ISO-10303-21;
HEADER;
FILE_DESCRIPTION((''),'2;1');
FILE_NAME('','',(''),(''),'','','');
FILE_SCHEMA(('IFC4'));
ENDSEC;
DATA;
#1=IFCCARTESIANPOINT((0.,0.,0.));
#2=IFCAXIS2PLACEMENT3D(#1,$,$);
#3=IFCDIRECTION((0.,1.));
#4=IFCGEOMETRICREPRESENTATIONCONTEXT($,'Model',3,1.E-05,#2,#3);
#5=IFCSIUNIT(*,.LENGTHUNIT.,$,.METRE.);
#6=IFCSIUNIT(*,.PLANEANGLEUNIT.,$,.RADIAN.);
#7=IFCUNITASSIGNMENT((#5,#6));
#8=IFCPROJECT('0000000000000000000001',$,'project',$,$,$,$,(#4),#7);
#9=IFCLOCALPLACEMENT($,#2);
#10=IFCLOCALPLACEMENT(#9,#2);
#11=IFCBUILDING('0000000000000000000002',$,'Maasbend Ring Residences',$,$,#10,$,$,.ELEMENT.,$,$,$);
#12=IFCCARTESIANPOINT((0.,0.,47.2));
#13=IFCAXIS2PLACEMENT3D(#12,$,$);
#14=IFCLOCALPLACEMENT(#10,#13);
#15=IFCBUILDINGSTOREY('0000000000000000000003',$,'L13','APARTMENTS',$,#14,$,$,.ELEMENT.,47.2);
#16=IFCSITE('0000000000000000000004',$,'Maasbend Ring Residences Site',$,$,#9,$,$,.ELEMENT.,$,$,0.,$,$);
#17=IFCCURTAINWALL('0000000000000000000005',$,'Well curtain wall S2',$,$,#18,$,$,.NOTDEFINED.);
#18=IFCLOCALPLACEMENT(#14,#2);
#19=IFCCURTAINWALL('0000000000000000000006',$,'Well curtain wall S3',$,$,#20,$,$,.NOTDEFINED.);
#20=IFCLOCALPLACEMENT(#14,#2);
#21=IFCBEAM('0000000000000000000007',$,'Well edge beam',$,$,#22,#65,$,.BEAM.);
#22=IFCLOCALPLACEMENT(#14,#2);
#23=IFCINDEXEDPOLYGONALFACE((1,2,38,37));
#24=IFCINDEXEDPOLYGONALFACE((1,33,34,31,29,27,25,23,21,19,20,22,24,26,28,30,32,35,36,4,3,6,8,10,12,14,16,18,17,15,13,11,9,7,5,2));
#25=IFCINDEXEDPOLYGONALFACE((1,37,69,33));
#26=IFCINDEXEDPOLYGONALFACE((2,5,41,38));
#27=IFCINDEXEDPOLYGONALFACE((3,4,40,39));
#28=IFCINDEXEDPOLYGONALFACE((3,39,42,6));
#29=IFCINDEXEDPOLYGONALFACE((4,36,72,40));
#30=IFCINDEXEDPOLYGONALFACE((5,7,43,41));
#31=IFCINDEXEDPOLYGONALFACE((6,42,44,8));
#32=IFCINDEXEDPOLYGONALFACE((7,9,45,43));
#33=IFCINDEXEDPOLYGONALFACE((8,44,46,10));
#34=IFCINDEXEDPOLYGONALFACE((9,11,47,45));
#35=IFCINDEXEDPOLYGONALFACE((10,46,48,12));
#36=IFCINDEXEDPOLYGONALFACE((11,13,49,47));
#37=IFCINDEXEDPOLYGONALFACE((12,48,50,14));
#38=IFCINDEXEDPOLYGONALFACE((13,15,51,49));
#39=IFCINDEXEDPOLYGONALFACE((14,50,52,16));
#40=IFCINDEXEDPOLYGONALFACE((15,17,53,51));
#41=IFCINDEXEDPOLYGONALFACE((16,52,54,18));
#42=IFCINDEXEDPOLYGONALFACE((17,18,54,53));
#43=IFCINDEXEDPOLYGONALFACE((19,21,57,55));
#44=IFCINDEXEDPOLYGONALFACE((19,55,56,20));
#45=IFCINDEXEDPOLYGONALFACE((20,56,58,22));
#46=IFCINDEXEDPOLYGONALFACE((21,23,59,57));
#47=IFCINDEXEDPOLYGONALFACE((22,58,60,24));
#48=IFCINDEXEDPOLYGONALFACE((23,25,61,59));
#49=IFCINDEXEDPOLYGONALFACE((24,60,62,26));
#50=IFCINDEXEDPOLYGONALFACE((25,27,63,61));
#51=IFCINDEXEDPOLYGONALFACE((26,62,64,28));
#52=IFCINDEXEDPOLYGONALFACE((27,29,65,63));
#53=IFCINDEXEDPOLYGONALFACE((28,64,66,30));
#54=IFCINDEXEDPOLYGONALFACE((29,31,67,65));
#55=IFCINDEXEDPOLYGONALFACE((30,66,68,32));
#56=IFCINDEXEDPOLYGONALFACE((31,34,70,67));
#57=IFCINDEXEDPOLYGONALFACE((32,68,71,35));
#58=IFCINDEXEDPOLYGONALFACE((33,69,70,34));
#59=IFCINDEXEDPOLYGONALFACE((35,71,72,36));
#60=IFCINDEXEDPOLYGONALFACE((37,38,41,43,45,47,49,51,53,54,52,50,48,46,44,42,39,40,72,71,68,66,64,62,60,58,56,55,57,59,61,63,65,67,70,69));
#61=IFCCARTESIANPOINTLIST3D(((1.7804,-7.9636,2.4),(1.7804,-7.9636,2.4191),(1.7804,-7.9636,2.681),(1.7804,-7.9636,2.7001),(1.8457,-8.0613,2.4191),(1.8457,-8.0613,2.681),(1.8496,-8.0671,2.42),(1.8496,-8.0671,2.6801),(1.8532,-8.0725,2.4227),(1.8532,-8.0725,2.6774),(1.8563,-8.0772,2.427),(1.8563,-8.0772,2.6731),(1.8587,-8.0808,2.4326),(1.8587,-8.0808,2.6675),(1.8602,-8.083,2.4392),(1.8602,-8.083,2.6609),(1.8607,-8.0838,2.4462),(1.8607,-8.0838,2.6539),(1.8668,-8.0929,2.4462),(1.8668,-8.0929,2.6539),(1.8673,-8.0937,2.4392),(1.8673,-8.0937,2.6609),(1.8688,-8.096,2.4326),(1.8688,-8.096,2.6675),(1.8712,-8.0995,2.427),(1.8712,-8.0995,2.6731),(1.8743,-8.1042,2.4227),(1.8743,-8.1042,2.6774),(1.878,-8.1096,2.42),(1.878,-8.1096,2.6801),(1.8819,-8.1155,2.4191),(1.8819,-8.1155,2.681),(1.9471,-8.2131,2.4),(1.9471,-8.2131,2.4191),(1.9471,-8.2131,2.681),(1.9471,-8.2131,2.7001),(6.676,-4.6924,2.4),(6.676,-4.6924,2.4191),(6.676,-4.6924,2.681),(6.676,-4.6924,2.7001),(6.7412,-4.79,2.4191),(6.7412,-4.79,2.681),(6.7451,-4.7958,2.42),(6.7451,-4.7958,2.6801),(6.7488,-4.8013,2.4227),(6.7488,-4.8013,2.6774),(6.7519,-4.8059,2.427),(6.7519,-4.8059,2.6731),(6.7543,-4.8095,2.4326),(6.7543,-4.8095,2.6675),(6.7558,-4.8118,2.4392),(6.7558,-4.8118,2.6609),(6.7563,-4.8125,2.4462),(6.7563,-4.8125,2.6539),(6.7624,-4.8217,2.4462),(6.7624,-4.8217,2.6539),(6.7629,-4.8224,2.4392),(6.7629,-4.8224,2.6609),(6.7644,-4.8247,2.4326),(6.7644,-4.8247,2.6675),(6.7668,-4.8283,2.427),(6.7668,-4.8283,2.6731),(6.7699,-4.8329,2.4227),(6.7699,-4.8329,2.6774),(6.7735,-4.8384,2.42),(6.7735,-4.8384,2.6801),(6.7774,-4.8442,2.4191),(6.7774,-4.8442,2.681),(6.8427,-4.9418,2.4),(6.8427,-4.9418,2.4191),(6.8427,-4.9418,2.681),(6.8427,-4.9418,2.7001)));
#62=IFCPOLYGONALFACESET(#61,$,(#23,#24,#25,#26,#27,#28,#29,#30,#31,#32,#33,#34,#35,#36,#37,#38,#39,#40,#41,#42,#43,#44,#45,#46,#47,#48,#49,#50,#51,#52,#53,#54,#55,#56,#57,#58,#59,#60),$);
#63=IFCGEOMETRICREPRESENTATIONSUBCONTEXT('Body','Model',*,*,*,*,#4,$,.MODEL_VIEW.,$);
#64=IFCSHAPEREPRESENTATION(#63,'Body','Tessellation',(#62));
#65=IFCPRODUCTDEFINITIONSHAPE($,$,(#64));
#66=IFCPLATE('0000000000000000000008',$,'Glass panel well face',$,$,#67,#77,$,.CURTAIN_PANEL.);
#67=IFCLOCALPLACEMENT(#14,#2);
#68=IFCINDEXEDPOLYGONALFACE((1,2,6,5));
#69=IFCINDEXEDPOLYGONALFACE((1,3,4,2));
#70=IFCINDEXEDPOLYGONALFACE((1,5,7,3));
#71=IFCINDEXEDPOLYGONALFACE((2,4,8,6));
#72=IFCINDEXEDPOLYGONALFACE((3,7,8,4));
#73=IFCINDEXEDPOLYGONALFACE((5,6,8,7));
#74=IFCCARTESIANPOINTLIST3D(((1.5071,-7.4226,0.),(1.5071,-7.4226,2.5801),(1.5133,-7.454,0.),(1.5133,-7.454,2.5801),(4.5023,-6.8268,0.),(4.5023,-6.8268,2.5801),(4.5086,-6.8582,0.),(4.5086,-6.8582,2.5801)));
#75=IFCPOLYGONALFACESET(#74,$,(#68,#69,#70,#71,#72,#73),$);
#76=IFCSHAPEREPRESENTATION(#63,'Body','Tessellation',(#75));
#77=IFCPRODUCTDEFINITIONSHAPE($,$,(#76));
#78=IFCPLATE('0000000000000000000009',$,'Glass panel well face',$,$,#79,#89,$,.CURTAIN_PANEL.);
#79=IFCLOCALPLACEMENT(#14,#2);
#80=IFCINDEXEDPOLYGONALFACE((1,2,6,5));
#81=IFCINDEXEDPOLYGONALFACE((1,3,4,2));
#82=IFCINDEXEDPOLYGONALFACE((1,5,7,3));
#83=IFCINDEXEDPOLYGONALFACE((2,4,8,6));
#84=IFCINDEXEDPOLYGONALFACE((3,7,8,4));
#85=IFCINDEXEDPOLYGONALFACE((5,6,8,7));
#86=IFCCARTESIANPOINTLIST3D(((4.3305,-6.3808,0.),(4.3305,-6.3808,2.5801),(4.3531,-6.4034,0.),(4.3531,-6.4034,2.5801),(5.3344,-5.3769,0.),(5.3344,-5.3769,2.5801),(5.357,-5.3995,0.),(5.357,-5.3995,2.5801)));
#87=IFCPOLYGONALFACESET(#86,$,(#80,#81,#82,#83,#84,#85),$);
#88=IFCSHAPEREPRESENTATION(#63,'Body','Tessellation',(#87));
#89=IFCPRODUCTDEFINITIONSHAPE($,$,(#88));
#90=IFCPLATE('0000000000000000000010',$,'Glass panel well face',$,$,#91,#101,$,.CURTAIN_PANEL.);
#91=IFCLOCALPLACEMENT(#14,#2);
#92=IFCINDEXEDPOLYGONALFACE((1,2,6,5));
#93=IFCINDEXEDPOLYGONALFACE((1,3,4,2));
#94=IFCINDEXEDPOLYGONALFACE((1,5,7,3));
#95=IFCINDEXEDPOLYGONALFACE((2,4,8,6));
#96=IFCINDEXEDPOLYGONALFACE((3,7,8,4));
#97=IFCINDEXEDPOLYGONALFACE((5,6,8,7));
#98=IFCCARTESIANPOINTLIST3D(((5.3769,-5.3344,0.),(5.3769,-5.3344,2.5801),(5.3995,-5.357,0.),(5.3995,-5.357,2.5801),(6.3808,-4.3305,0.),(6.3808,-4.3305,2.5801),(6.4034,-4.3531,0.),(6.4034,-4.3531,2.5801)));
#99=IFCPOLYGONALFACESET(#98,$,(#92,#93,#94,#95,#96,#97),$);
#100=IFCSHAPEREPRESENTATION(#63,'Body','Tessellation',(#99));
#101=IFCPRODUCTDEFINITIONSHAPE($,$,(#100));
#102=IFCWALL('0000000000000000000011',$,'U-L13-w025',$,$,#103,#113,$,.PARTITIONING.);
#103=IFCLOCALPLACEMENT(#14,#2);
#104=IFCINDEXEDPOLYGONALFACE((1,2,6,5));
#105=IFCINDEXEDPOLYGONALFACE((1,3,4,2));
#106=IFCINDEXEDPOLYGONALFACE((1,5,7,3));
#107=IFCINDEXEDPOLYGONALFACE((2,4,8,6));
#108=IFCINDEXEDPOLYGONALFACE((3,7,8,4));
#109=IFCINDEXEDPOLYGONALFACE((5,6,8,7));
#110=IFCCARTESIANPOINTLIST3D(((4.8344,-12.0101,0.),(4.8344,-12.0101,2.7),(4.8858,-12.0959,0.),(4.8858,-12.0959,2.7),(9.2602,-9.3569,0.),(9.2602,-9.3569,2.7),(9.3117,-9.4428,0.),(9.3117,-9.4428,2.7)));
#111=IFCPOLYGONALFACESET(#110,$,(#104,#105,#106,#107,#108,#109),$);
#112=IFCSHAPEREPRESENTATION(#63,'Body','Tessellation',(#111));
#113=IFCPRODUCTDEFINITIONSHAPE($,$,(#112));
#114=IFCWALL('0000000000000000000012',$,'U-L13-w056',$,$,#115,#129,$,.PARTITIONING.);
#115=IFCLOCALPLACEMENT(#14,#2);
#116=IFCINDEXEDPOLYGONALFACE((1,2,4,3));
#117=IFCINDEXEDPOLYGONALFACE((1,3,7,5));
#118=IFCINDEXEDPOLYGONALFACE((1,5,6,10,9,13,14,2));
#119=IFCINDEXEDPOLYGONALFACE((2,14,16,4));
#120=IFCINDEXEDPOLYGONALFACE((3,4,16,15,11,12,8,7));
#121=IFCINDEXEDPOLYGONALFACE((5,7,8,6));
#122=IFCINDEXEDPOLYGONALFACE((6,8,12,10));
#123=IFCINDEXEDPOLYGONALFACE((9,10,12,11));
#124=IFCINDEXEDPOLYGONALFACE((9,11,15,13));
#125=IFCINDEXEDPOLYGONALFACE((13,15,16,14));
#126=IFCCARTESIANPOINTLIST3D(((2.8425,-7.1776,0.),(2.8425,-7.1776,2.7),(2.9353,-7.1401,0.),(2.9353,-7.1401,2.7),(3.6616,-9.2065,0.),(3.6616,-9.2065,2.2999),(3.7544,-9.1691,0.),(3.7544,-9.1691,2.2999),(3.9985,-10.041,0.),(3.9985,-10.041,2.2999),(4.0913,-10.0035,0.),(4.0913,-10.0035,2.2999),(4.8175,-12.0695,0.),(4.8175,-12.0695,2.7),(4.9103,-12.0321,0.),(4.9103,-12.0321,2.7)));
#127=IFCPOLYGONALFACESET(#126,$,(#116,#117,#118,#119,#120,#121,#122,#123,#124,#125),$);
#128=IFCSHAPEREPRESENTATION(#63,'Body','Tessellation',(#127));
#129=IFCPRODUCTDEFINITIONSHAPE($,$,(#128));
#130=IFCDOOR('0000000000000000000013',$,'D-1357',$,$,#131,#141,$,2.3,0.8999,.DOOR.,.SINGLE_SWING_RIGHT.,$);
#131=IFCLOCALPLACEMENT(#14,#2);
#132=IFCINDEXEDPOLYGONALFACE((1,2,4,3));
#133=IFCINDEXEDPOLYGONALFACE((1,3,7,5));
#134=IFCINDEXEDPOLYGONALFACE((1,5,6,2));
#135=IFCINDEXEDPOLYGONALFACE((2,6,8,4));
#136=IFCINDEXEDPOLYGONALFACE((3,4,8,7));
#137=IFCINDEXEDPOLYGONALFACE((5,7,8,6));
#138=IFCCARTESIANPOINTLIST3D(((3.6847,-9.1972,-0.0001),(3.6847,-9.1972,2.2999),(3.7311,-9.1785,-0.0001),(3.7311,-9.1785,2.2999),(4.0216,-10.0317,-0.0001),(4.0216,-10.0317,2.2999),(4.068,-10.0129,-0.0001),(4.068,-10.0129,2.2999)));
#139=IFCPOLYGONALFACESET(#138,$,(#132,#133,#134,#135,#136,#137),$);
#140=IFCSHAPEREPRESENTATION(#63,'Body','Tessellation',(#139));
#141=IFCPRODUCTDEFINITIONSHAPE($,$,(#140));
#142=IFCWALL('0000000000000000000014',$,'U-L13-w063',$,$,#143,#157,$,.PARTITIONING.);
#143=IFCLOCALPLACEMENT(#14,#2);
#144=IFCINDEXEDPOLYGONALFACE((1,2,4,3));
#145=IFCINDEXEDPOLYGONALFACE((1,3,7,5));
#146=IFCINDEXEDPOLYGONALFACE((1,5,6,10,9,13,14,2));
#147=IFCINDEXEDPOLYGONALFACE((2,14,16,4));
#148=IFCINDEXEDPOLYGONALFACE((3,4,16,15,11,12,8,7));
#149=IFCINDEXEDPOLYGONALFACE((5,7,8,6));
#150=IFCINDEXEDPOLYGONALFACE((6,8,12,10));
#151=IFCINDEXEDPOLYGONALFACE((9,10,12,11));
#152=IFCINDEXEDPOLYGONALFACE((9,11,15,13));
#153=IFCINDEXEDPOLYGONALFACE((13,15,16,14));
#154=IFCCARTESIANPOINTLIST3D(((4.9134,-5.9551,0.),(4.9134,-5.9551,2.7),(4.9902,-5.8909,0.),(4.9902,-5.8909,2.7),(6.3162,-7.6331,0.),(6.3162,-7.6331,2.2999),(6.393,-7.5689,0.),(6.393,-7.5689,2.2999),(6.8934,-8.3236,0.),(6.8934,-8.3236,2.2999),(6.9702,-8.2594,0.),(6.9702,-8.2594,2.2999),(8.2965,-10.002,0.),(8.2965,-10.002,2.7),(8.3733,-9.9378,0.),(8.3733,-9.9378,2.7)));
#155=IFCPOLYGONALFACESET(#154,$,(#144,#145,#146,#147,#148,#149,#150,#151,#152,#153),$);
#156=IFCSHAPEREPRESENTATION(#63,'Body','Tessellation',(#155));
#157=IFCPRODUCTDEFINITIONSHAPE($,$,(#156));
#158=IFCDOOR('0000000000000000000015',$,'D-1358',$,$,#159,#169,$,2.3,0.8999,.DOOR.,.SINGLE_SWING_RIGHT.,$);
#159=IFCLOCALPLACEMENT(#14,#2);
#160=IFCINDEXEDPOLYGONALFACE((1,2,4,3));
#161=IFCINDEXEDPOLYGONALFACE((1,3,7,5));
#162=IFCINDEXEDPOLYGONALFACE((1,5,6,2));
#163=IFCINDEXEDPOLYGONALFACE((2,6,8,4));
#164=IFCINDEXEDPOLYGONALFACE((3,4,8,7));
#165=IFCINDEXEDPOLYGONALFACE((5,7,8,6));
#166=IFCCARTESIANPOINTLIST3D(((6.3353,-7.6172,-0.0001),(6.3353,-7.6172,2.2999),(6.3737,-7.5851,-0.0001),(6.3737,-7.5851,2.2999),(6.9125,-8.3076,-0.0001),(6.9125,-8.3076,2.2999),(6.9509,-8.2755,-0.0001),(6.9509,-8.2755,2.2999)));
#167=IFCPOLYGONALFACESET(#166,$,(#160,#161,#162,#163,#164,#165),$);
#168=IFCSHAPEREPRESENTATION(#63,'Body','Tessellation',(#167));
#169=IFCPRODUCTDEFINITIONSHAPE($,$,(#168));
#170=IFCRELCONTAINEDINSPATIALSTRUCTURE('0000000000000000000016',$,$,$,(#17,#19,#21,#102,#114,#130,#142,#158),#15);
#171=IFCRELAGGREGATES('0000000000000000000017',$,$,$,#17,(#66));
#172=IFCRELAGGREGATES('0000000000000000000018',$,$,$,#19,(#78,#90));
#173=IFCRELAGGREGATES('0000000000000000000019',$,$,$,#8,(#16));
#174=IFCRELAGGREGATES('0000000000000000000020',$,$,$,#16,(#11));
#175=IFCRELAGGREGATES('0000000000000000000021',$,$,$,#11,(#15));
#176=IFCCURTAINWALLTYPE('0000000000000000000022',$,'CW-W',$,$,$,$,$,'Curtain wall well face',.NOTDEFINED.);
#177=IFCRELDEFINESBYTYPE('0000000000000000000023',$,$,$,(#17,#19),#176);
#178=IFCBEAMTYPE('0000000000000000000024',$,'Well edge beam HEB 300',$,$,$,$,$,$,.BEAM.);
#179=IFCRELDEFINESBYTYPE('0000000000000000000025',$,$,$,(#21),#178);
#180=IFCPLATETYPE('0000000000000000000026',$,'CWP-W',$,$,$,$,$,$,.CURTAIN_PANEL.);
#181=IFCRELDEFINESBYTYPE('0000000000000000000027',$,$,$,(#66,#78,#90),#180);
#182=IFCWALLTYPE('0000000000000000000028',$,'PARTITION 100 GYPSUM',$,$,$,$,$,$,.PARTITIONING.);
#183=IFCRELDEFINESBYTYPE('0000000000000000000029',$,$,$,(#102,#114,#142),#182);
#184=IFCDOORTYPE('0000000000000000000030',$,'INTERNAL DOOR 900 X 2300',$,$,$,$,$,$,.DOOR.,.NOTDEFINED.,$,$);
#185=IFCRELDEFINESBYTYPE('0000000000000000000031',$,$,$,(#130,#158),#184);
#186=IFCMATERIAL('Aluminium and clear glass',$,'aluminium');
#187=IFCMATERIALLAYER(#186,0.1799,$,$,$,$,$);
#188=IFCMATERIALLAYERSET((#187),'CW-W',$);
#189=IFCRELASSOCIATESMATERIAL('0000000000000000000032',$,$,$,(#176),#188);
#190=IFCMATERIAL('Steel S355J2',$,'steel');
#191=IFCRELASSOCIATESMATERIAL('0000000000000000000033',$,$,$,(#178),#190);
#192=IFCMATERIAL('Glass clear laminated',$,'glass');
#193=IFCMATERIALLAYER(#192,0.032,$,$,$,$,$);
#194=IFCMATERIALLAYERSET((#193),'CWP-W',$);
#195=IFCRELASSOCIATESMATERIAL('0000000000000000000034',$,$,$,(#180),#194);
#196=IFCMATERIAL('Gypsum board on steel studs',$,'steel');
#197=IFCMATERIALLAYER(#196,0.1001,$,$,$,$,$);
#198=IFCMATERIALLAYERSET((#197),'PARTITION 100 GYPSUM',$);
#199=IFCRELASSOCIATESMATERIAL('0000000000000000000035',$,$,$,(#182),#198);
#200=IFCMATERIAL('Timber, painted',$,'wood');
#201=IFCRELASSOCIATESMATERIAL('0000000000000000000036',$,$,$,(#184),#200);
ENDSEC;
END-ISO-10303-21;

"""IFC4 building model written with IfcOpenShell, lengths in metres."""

from ifc_helpers import new_model, si_unit, direction, frame, frame_2d, origin, origin_2d, place, context, subcontext, project, spatial, rectangle, i_section, extrude, material, layer, layer_set, material_profile, profile_set, type_object, element, fill, aggregate, save


model = new_model("IFC4")

# Units and contexts
model_context = context("Model", 3, precision=1e-05, world=origin(), true_north=direction((0.0, 1.0)))
body_context = subcontext(model_context, "Body", "Model", "MODEL_VIEW")
ifc_project = project(units=[si_unit("LENGTHUNIT", "METRE"), si_unit("PLANEANGLEUNIT", "RADIAN")], contexts=[model_context])

# Site, building, storey
site_placement = place(None, origin())
site = spatial("IfcSite", under=ifc_project, at=site_placement, Name="Maasbend Ring Residences Site", CompositionType="ELEMENT", RefElevation=0.0)
building_placement = place(site_placement, origin())
building = spatial("IfcBuilding", under=site, at=building_placement, Name="Maasbend Ring Residences", CompositionType="ELEMENT")
storey_placement = place(building_placement, frame((0.0, 0.0, 47.2)))
storey = spatial("IfcBuildingStorey", under=building, at=storey_placement, Name="L13", Description="APARTMENTS", CompositionType="ELEMENT", Elevation=47.2)

# Curtain walls
ifc_material_1 = material(Name="Aluminium and clear glass", Category="aluminium")
ifc_layer_1 = layer(ifc_material_1, 0.1799)
ifc_layer_set_1 = layer_set([ifc_layer_1], Name="CW-W")
curtain_wall_type = type_object("IfcCurtainWallType", Name="CW-W", ElementType="Curtain wall well face", PredefinedType="NOTDEFINED", material=ifc_layer_set_1)
curtain_wall_1_placement = place(storey_placement, origin())
curtain_wall_1 = element("IfcCurtainWall", 1, at=curtain_wall_1_placement, inside=storey, type_object=curtain_wall_type, Name="Well curtain wall S2", PredefinedType="NOTDEFINED")
curtain_wall_2_placement = place(storey_placement, origin())
curtain_wall_2 = element("IfcCurtainWall", 2, at=curtain_wall_2_placement, inside=storey, type_object=curtain_wall_type, Name="Well curtain wall S3", PredefinedType="NOTDEFINED")

# Beam
ifc_material_2 = material(Name="Steel S355J2", Category="steel")
ifc_material_profile_1 = material_profile(ifc_material_2, i_section(OverallWidth=0.3, OverallDepth=0.3, WebThickness=0.011, FlangeThickness=0.019, FilletRadius=0.0271, at=origin_2d()), Name="HEB 300")
ifc_profile_set_1 = profile_set([ifc_material_profile_1], Name="Steel S355J2")
beam_type = type_object("IfcBeamType", Name="Well edge beam HEB 300", PredefinedType="BEAM", material=ifc_profile_set_1)
beam_placement = place(storey_placement, frame((1.8638, -8.0884, 2.55), z_axis=(0.831457, 0.55559, 0.0), x_axis=(-0.55559, 0.831457, 0.0)))
element("IfcBeam", 3, at=beam_placement, inside=storey, type_object=beam_type, Name="Well edge beam", PredefinedType="BEAM", context=body_context, shape_type="SweptSolid", body=[
    extrude(i_section(OverallWidth=0.3, OverallDepth=0.3, WebThickness=0.011, FlangeThickness=0.019, FilletRadius=0.0271, at=origin_2d()), origin(), (0.0, 0.0, 1.0), 5.8879),
])

# Plates
ifc_material_3 = material(Name="Glass clear laminated", Category="glass")
ifc_layer_2 = layer(ifc_material_3, 0.032)
ifc_layer_set_2 = layer_set([ifc_layer_2], Name="CWP-W")
plate_type = type_object("IfcPlateType", Name="CWP-W", PredefinedType="CURTAIN_PANEL", material=ifc_layer_set_2)
plate_1_placement = place(storey_placement, frame((3.0078, -7.1404, 0.0), z_axis=(0.0, 0.0, 1.0), x_axis=(0.980785, 0.19509, 0.0)))
plate_1 = element("IfcPlate", 4, at=plate_1_placement, type_object=plate_type, Name="Glass panel well face", PredefinedType="CURTAIN_PANEL", context=body_context, shape_type="SweptSolid", body=[
    extrude(rectangle(XDim=3.054, YDim=0.032, at=origin_2d()), origin(), (0.0, 0.0, 1.0), 2.5801),
])
aggregate(curtain_wall_1, [plate_1])
plate_2_placement = place(storey_placement, frame((4.8438, -5.8901, 0.0), z_axis=(0.0, 0.0, 1.0), x_axis=(0.707107, 0.707107, 0.0)))
plate_2 = element("IfcPlate", 5, at=plate_2_placement, type_object=plate_type, Name="Glass panel well face", PredefinedType="CURTAIN_PANEL", context=body_context, shape_type="SweptSolid", body=[
    extrude(rectangle(XDim=1.4197, YDim=0.032, at=origin_2d()), origin(), (0.0, 0.0, 1.0), 2.5801),
])
plate_3_placement = place(storey_placement, frame((5.8901, -4.8438, 0.0), z_axis=(0.0, 0.0, 1.0), x_axis=(0.707107, 0.707107, 0.0)))
plate_3 = element("IfcPlate", 6, at=plate_3_placement, type_object=plate_type, Name="Glass panel well face", PredefinedType="CURTAIN_PANEL", context=body_context, shape_type="SweptSolid", body=[
    extrude(rectangle(XDim=1.4197, YDim=0.032, at=origin_2d()), origin(), (0.0, 0.0, 1.0), 2.5801),
])
aggregate(curtain_wall_2, [plate_2, plate_3])

# Wall
ifc_material_4 = material(Name="Gypsum board on steel studs", Category="steel")
ifc_layer_3 = layer(ifc_material_4, 0.1001)
ifc_layer_set_3 = layer_set([ifc_layer_3], Name="PARTITION 100 GYPSUM")
wall_type_1 = type_object("IfcWallType", Name="PARTITION 100 GYPSUM", PredefinedType="PARTITIONING", material=ifc_layer_set_3)
wall_1_placement = place(storey_placement, frame((4.8601, -12.053, 0.0), z_axis=(0.0, 0.0, 1.0), x_axis=(0.857697, 0.514155, 0.0)))
element("IfcWall", 7, at=wall_1_placement, inside=storey, type_object=wall_type_1, Name="U-L13-w025", PredefinedType="PARTITIONING", context=body_context, shape_type="SweptSolid", body=[
    extrude(rectangle(XDim=5.1602, YDim=0.1001, at=frame_2d((2.5801, 0.0))), origin(), (0.0, 0.0, 1.0), 2.7),
])

# Walls, openings, doors
wall_2_placement = place(storey_placement, frame((2.8889, -7.1589, 0.0), z_axis=(0.0, 0.0, 1.0), x_axis=(0.374373, -0.927278, 0.0)))
wall_2 = element("IfcWall", 8, at=wall_2_placement, inside=storey, type_object=wall_type_1, Name="U-L13-w056", PredefinedType="PARTITIONING", context=body_context, shape_type="SweptSolid", body=[
    extrude(rectangle(XDim=5.2756, YDim=0.1001, at=frame_2d((2.6377, 0.0))), origin(), (0.0, 0.0, 1.0), 2.7),
])
opening_1_placement = place(wall_2_placement, frame((2.188, 0.0, 0.0)))
opening_1 = element("IfcOpeningElement", 9, at=opening_1_placement, cuts=wall_2, PredefinedType="OPENING", context=body_context, shape_type="SweptSolid", body=[
    extrude(rectangle(XDim=0.8999, YDim=2.3, at=frame_2d((0.45, 1.1499))), frame((0.0, 0.0601, 0.0), z_axis=(0.0, -1.0, 0.0), x_axis=(1.0, 0.0, 0.0)), (0.0, 0.0, 1.0), 0.1201),
])
ifc_material_5 = material(Name="Timber, painted", Category="wood")
door_type = type_object("IfcDoorType", Name="INTERNAL DOOR 900 X 2300", OperationType="NOTDEFINED", PredefinedType="DOOR", material=ifc_material_5)
door_1_placement = place(opening_1_placement, origin())
door_1 = element("IfcDoor", 10, at=door_1_placement, inside=storey, type_object=door_type, Name="D-1357", OperationType="SINGLE_SWING_RIGHT", OverallHeight=2.3, OverallWidth=0.8999, PredefinedType="DOOR", context=body_context, shape_type="SweptSolid", body=[
    extrude(rectangle(XDim=0.8999, YDim=2.3, at=frame_2d((0.45, 1.1499))), frame((0.0, 0.0249, 0.0), z_axis=(0.0, -1.0, 0.0), x_axis=(1.0, 0.0, 0.0)), (0.0, 0.0, 1.0), 0.05),
])
fill(opening_1, door_1)
wall_3_placement = place(storey_placement, frame((4.9519, -5.9231, 0.0), z_axis=(0.0, 0.0, 1.0), x_axis=(0.641376, -0.767226, 0.0)))
wall_3 = element("IfcWall", 11, at=wall_3_placement, inside=storey, type_object=wall_type_1, Name="U-L13-w063", PredefinedType="PARTITIONING", context=body_context, shape_type="SweptSolid", body=[
    extrude(rectangle(XDim=5.2747, YDim=0.1001, at=frame_2d((2.6372, 0.0))), origin(), (0.0, 0.0, 1.0), 2.7),
])
opening_2_placement = place(wall_3_placement, frame((2.187, 0.0, 0.0)))
opening_2 = element("IfcOpeningElement", 12, at=opening_2_placement, cuts=wall_3, PredefinedType="OPENING", context=body_context, shape_type="SweptSolid", body=[
    extrude(rectangle(XDim=0.8999, YDim=2.3, at=frame_2d((0.45, 1.1499))), frame((0.0, 0.0601, 0.0), z_axis=(0.0, -1.0, 0.0), x_axis=(1.0, 0.0, 0.0)), (0.0, 0.0, 1.0), 0.1201),
])
door_2_placement = place(opening_2_placement, origin())
door_2 = element("IfcDoor", 13, at=door_2_placement, inside=storey, type_object=door_type, Name="D-1358", OperationType="SINGLE_SWING_RIGHT", OverallHeight=2.3, OverallWidth=0.8999, PredefinedType="DOOR", context=body_context, shape_type="SweptSolid", body=[
    extrude(rectangle(XDim=0.8999, YDim=2.3, at=frame_2d((0.45, 1.1499))), frame((0.0, 0.0249, 0.0), z_axis=(0.0, -1.0, 0.0), x_axis=(1.0, 0.0, 0.0)), (0.0, 0.0, 1.0), 0.05),
])
fill(opening_2, door_2)

save(model, "model.ifc")
